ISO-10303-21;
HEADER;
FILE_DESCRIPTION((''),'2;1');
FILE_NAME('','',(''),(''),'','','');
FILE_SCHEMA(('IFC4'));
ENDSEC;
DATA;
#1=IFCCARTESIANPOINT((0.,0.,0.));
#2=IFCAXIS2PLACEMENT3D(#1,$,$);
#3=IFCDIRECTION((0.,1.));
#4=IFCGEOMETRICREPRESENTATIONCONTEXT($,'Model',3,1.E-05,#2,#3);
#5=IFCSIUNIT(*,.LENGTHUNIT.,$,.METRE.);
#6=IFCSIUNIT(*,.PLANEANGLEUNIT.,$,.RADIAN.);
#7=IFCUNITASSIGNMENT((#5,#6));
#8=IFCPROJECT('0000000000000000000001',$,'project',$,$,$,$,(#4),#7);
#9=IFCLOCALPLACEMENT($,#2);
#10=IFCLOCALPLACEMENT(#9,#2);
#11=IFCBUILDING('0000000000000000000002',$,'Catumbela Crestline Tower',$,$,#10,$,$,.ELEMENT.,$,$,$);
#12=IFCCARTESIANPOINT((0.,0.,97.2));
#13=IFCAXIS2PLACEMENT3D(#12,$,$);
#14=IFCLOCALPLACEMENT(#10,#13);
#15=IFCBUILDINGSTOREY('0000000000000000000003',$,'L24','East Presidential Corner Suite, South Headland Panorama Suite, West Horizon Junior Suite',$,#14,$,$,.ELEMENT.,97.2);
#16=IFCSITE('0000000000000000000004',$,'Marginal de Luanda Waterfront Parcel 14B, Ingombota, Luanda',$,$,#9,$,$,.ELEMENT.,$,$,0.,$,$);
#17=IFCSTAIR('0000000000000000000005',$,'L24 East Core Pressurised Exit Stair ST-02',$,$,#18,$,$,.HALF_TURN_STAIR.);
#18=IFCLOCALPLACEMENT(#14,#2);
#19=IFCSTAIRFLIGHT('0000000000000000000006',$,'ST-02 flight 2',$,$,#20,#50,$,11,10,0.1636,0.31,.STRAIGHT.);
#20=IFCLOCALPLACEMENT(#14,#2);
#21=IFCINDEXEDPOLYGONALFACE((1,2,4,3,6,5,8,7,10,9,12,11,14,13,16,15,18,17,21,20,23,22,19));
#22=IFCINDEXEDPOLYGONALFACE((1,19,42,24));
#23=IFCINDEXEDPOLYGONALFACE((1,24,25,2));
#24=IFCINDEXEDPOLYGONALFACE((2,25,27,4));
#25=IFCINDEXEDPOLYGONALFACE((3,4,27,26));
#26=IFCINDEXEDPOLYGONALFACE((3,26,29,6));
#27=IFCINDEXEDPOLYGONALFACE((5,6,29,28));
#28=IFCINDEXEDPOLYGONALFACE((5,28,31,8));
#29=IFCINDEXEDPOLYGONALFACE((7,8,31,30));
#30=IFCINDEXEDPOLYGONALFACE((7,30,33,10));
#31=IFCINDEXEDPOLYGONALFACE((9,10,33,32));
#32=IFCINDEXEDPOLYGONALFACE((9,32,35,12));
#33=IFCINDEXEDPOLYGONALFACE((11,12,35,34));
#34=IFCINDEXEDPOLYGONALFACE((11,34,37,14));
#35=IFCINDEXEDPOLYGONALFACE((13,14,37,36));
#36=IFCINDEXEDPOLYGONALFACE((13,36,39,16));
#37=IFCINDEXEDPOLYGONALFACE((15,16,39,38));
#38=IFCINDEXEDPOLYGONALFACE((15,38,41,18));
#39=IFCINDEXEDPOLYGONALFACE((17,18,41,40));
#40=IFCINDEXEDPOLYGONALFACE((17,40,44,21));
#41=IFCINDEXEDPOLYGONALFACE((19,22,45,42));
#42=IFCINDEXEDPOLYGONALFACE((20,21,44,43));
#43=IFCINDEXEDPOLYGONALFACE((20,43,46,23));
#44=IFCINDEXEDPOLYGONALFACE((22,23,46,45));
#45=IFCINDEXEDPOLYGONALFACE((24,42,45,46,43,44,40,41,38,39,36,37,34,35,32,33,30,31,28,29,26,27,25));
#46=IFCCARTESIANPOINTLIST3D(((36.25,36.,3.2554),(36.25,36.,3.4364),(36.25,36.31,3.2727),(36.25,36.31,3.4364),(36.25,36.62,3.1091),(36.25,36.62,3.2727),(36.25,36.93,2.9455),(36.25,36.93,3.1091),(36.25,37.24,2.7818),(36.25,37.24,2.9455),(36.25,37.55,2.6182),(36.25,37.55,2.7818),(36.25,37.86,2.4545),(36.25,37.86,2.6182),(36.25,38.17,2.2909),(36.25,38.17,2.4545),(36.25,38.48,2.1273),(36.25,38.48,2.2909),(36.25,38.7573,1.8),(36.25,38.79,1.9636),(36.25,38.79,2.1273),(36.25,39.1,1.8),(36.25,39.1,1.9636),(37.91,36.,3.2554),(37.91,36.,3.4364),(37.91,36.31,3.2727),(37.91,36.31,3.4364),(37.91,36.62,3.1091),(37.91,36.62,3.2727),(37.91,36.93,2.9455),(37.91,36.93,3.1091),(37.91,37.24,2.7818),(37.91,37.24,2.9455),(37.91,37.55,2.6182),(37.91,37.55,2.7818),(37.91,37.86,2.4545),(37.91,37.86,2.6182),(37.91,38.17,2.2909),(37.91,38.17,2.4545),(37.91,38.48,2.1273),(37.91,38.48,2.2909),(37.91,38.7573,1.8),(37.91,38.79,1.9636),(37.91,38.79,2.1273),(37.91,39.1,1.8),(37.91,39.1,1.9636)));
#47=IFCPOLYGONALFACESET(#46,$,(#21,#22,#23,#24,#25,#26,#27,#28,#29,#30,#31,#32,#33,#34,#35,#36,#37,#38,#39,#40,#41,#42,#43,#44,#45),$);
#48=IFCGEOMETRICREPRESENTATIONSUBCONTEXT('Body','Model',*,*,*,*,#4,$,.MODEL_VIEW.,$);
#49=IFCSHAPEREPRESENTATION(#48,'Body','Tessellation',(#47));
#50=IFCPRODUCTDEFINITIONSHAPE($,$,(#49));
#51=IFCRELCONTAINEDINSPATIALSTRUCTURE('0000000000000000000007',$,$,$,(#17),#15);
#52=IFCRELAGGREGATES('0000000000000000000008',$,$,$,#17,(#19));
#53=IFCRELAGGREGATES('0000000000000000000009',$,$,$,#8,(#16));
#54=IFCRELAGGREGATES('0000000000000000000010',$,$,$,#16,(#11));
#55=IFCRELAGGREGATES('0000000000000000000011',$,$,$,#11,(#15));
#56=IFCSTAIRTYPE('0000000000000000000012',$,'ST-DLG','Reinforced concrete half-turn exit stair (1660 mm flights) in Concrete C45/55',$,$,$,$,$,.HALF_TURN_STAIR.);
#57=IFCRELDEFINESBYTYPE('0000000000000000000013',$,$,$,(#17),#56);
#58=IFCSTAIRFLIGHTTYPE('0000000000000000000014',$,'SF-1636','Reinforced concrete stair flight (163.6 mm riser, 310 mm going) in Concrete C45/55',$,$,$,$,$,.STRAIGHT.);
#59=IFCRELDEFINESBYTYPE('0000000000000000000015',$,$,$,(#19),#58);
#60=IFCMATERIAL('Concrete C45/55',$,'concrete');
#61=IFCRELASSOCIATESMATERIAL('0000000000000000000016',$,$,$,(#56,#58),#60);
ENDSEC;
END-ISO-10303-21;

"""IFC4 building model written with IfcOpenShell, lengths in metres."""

from ifc_helpers import new_model, si_unit, direction, frame, origin, place, context, subcontext, project, spatial, polyline, outline, extrude, material, type_object, element, aggregate, save


model = new_model("IFC4")

# Units and contexts
model_context = context("Model", 3, precision=1e-05, world=origin(), true_north=direction((0.0, 1.0)))
body_context = subcontext(model_context, "Body", "Model", "MODEL_VIEW")
ifc_project = project(units=[si_unit("LENGTHUNIT", "METRE"), si_unit("PLANEANGLEUNIT", "RADIAN")], contexts=[model_context])

# Site, building, storey
site_placement = place(None, origin())
site = spatial("IfcSite", under=ifc_project, at=site_placement, Name="Marginal de Luanda Waterfront Parcel 14B, Ingombota, Luanda", CompositionType="ELEMENT", RefElevation=0.0)
building_placement = place(site_placement, origin())
building = spatial("IfcBuilding", under=site, at=building_placement, Name="Catumbela Crestline Tower", CompositionType="ELEMENT")
storey_placement = place(building_placement, frame((0.0, 0.0, 97.2)))
storey = spatial("IfcBuildingStorey", under=building, at=storey_placement, Name="L24", Description="East Presidential Corner Suite, South Headland Panorama Suite, West Horizon Junior Suite", CompositionType="ELEMENT", Elevation=97.2)

# Stair, stair flight
ifc_material_1 = material(Name="Concrete C45/55", Category="concrete")
stair_type = type_object("IfcStairType", Name="ST-DLG", Description="Reinforced concrete half-turn exit stair (1660 mm flights) in Concrete C45/55", PredefinedType="HALF_TURN_STAIR", material=ifc_material_1)
stair_placement = place(storey_placement, origin())
stair = element("IfcStair", 1, at=stair_placement, inside=storey, type_object=stair_type, Name="L24 East Core Pressurised Exit Stair ST-02", PredefinedType="HALF_TURN_STAIR")
stair_flight_type = type_object("IfcStairFlightType", Name="SF-1636", Description="Reinforced concrete stair flight (163.6 mm riser, 310 mm going) in Concrete C45/55", PredefinedType="STRAIGHT", material=ifc_material_1)
stair_flight_placement = place(storey_placement, frame((37.08, 39.1, 1.8), z_axis=(0.0, 0.0, 1.0), x_axis=(0.0, -1.0, 0.0)))
stair_flight = element("IfcStairFlight", 2, at=stair_flight_placement, type_object=stair_flight_type, Name="ST-02 flight 2", NumberOfRisers=11, NumberOfTreads=10, PredefinedType="STRAIGHT", RiserHeight=0.1636, TreadLength=0.31, context=body_context, shape_type="SweptSolid", body=[
    extrude(outline(polyline([(0.0, 0.0), (0.0, 0.1636), (0.31, 0.1636), (0.31, 0.3273), (0.62, 0.3273), (0.62, 0.4909), (0.93, 0.4909), (0.93, 0.6545), (1.24, 0.6545), (1.24, 0.8182), (1.55, 0.8182), (1.55, 0.9818), (1.86, 0.9818), (1.86, 1.1455), (2.17, 1.1455), (2.17, 1.3091), (2.48, 1.3091), (2.48, 1.4727), (2.79, 1.4727), (2.79, 1.6364), (3.1, 1.6364), (3.1, 1.8), (3.1, 1.4554), (0.3427, 0.0), (0.0, 0.0)])), frame((0.0, 0.83, 0.0), z_axis=(0.0, -1.0, 0.0), x_axis=(1.0, 0.0, 0.0)), (0.0, 0.0, 1.0), 1.66),
])
aggregate(stair, [stair_flight])

save(model, "model.ifc")
